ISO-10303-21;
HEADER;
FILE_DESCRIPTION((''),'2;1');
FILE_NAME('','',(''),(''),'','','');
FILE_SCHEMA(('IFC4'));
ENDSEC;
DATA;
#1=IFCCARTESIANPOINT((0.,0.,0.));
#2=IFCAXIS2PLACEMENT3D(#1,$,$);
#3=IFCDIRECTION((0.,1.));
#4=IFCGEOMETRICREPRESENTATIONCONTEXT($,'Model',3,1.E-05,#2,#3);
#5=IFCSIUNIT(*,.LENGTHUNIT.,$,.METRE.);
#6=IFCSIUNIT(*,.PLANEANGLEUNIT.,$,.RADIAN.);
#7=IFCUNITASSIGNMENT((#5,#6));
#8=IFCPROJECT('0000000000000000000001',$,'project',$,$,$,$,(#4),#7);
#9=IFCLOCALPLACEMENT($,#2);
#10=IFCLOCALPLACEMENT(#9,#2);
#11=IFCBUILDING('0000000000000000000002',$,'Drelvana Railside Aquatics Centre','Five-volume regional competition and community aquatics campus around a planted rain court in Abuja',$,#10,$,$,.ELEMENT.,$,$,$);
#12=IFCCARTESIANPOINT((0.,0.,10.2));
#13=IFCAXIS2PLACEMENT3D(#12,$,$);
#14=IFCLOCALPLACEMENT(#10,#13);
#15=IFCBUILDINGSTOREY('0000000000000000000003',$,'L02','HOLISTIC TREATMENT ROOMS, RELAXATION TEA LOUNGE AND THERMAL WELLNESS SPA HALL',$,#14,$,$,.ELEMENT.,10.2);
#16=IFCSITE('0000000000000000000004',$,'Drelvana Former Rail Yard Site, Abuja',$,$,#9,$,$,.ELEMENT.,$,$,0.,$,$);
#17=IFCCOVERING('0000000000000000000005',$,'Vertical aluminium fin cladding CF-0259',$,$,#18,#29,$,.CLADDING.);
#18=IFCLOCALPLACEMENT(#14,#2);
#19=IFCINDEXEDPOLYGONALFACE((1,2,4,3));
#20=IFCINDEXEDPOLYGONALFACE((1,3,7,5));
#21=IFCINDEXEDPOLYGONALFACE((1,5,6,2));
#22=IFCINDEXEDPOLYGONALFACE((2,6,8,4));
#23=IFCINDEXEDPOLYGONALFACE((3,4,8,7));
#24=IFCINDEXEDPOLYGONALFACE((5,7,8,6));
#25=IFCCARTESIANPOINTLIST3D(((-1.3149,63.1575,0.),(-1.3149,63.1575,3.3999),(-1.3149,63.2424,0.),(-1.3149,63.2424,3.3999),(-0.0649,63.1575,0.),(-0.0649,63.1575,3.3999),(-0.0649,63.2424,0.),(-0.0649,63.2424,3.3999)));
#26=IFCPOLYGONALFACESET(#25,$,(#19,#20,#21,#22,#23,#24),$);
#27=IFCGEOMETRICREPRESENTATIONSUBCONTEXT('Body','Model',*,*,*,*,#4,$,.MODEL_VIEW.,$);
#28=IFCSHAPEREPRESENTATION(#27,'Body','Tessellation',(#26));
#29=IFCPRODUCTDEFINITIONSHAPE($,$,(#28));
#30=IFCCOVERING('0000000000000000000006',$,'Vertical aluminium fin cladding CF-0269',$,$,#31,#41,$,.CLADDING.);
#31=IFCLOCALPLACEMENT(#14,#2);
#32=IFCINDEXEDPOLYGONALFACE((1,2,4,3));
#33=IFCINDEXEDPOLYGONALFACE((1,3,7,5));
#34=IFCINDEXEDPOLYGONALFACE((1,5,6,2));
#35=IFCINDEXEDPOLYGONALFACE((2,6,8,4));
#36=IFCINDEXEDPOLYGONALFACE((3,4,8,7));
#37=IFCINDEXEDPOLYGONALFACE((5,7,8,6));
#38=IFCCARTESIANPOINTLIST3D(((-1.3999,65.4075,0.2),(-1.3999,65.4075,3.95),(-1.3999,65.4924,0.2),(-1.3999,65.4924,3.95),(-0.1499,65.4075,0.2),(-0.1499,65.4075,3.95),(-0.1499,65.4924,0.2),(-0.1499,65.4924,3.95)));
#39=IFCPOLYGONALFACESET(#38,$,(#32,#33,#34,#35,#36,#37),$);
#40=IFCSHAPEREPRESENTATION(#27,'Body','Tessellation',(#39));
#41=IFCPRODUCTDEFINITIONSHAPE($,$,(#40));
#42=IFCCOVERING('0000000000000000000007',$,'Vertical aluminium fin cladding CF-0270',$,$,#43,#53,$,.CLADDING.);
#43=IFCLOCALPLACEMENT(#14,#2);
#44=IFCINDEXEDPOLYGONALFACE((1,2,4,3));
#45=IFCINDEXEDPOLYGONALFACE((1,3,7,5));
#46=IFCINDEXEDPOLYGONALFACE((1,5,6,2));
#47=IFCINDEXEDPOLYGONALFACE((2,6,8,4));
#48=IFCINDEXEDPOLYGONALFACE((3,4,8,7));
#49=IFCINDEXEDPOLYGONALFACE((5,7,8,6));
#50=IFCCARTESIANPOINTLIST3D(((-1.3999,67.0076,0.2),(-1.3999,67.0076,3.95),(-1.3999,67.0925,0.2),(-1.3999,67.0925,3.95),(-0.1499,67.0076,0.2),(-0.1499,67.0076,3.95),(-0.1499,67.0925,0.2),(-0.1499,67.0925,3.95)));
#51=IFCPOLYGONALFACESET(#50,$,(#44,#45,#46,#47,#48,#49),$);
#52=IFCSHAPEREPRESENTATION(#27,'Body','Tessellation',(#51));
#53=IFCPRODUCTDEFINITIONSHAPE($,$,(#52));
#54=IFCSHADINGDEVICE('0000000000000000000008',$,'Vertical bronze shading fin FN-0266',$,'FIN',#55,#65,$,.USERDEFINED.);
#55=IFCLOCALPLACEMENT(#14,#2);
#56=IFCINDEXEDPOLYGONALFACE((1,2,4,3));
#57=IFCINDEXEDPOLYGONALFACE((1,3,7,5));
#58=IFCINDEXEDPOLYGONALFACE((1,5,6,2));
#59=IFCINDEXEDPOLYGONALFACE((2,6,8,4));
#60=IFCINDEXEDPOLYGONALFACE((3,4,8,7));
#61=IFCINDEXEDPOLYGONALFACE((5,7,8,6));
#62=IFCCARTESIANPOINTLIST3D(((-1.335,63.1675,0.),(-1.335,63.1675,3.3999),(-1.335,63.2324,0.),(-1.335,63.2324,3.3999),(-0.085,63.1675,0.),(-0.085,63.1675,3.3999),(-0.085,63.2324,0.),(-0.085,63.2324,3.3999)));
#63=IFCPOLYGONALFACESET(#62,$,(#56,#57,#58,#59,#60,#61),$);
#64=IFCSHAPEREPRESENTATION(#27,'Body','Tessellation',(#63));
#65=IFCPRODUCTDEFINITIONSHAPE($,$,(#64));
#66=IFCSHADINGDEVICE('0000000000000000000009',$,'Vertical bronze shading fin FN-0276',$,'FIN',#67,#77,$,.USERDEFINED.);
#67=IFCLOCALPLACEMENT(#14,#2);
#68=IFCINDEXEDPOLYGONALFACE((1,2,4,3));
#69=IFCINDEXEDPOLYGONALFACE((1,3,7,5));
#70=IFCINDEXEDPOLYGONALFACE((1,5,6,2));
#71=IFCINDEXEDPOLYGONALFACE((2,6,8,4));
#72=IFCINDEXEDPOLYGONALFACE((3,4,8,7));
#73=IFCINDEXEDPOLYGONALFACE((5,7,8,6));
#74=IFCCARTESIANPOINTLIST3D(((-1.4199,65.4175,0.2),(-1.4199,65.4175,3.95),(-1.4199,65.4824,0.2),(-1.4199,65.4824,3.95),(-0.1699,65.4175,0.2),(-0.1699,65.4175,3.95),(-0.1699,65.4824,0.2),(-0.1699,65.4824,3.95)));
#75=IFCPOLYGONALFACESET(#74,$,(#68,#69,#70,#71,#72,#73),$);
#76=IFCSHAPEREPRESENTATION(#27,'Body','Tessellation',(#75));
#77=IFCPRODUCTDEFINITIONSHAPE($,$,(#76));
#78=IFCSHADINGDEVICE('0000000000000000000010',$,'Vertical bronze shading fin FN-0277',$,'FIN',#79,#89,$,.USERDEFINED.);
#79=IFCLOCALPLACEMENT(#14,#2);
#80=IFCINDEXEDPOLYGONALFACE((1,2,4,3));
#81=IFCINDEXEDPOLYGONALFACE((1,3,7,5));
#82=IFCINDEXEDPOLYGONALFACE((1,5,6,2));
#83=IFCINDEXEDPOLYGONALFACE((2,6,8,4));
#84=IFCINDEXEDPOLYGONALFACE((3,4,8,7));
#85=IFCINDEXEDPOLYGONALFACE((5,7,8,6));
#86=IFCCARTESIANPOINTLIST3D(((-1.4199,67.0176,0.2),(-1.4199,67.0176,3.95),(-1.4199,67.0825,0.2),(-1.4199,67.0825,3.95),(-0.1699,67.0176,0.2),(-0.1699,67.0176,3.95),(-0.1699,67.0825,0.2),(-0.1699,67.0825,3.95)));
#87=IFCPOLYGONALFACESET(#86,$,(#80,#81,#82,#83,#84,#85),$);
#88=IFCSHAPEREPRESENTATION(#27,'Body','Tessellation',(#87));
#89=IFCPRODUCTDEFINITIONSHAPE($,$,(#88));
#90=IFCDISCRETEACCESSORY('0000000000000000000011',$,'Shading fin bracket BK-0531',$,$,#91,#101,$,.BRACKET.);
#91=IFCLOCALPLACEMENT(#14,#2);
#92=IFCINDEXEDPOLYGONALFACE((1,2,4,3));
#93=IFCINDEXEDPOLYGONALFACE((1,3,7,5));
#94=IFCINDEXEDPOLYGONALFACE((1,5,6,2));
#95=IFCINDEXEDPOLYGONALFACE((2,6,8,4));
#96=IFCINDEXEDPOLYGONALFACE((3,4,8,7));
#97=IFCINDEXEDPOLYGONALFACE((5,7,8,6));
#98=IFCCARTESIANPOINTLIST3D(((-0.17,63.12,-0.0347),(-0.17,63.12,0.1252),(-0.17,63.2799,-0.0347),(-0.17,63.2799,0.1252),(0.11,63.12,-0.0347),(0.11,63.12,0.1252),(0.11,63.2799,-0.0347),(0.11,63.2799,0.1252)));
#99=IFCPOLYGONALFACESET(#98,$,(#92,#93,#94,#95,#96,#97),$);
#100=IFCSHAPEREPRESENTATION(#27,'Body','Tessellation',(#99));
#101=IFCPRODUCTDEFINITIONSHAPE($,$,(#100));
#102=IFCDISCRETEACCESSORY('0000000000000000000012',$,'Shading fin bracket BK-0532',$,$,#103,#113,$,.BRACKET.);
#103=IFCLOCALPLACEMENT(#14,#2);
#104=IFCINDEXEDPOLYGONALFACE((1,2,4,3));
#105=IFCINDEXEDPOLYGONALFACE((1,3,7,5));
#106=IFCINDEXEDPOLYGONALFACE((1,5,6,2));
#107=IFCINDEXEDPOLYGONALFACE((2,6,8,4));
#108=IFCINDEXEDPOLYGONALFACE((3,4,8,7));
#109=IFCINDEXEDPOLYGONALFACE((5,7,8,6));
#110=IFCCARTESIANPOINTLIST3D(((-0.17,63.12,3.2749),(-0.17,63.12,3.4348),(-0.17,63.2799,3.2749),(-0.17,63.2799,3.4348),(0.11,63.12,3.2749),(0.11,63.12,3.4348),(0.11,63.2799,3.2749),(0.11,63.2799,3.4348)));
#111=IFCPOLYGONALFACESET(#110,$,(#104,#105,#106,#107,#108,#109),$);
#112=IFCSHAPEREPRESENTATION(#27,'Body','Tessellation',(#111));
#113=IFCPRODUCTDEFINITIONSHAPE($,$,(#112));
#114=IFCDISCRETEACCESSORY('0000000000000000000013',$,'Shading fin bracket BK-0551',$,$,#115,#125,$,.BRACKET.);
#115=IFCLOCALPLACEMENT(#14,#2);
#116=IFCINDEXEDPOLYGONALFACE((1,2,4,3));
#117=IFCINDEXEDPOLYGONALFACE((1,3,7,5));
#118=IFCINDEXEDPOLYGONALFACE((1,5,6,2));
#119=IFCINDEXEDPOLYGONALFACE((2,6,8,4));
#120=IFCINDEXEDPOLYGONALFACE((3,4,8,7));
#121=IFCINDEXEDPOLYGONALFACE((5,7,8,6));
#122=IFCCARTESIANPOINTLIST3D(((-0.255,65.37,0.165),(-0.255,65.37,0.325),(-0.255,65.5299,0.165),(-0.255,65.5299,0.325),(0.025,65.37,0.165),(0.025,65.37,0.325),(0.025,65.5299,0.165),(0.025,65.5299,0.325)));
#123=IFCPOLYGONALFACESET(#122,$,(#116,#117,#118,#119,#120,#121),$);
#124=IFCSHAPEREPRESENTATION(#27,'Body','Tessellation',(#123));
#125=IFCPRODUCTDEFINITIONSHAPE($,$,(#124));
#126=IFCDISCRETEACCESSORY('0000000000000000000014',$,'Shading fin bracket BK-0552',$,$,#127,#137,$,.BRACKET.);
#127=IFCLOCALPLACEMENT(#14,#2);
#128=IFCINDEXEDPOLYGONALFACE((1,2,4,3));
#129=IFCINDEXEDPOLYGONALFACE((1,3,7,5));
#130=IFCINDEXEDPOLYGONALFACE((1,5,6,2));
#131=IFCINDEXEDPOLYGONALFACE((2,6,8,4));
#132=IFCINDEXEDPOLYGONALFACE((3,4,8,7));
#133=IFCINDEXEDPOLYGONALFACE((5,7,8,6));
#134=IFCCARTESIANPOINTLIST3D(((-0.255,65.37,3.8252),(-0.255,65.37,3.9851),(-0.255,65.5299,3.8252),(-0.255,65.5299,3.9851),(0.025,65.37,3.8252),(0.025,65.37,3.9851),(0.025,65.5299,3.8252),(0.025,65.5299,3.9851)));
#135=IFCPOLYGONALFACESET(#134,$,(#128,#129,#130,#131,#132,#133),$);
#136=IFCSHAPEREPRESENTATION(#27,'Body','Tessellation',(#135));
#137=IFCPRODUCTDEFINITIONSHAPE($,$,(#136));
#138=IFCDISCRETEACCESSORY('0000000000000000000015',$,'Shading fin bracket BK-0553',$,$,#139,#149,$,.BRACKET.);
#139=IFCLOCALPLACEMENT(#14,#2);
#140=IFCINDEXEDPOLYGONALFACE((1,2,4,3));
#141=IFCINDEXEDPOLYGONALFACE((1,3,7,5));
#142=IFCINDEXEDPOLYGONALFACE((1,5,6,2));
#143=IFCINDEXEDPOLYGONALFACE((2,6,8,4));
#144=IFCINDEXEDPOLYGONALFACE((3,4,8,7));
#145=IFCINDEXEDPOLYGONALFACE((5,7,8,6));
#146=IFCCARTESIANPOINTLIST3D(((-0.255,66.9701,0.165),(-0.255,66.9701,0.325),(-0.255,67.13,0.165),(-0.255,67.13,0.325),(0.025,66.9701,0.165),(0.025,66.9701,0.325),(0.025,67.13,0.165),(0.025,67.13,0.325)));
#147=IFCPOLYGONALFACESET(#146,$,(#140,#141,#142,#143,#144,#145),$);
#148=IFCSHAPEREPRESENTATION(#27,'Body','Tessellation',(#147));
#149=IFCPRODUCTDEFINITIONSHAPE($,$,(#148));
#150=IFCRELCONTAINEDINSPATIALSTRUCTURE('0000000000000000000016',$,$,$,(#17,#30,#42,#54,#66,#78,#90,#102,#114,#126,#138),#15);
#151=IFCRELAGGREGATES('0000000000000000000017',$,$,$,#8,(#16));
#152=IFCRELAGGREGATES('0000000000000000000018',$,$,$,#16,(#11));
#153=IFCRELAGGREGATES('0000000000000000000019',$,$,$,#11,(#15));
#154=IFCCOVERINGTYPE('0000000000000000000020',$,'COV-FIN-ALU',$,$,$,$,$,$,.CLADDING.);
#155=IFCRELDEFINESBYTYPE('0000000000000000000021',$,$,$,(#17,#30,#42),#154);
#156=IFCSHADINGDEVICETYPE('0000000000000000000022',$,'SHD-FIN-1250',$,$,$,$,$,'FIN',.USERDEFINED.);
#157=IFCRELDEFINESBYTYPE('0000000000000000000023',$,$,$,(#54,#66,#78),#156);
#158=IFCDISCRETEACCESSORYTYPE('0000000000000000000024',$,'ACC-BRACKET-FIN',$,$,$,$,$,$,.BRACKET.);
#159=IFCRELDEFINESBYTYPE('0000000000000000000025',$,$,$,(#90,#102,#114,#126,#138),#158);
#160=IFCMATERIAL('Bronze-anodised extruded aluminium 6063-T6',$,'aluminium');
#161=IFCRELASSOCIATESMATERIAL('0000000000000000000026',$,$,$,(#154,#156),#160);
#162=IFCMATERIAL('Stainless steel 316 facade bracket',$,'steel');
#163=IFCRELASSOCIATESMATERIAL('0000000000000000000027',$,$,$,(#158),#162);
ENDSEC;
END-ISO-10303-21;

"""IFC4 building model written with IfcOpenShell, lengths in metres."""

from ifc_helpers import new_model, si_unit, direction, frame, origin, origin_2d, place, context, subcontext, project, spatial, rectangle, extrude, material, type_object, element, save


model = new_model("IFC4")

# Units and contexts
model_context = context("Model", 3, precision=1e-05, world=origin(), true_north=direction((0.0, 1.0)))
body_context = subcontext(model_context, "Body", "Model", "MODEL_VIEW")
ifc_project = project(units=[si_unit("LENGTHUNIT", "METRE"), si_unit("PLANEANGLEUNIT", "RADIAN")], contexts=[model_context])

# Site, building, storey
site_placement = place(None, origin())
site = spatial("IfcSite", under=ifc_project, at=site_placement, Name="Drelvana Former Rail Yard Site, Abuja", CompositionType="ELEMENT", RefElevation=0.0)
building_placement = place(site_placement, origin())
building = spatial("IfcBuilding", under=site, at=building_placement, Name="Drelvana Railside Aquatics Centre", Description="Five-volume regional competition and community aquatics campus around a planted rain court in Abuja", CompositionType="ELEMENT")
storey_placement = place(building_placement, frame((0.0, 0.0, 10.2)))
storey = spatial("IfcBuildingStorey", under=building, at=storey_placement, Name="L02", Description="HOLISTIC TREATMENT ROOMS, RELAXATION TEA LOUNGE AND THERMAL WELLNESS SPA HALL", CompositionType="ELEMENT", Elevation=10.2)

# Coverings
ifc_material_1 = material(Name="Bronze-anodised extruded aluminium 6063-T6", Category="aluminium")
covering_type = type_object("IfcCoveringType", Name="COV-FIN-ALU", PredefinedType="CLADDING", material=ifc_material_1)
covering_placement = place(storey_placement, frame((-0.6899, 63.2, 0.0), z_axis=(0.0, 0.0, 1.0), x_axis=(0.0, 1.0, 0.0)))
element("IfcCovering", 1, at=covering_placement, inside=storey, type_object=covering_type, Name="Vertical aluminium fin cladding CF-0259", PredefinedType="CLADDING", context=body_context, shape_type="SweptSolid", body=[
    extrude(rectangle(XDim=0.085, YDim=1.25, at=origin_2d()), origin(), (0.0, 0.0, 1.0), 3.3999),
])
for number, where, z_axis, x_axis, name in (
    (2, (-0.7749, 65.45, 0.2), (0.0, 0.0, 1.0), (0.0, 1.0, 0.0), "Vertical aluminium fin cladding CF-0269"),
    (3, (-0.7749, 67.05, 0.2), (0.0, 0.0, 1.0), (0.0, 1.0, 0.0), "Vertical aluminium fin cladding CF-0270"),
):
    element("IfcCovering", number, at=place(storey_placement, frame(where, z_axis=z_axis, x_axis=x_axis)), inside=storey, type_object=covering_type, Name=name, PredefinedType="CLADDING", context=body_context, shape_type="SweptSolid", body=[
        extrude(rectangle(XDim=0.085, YDim=1.25, at=origin_2d()), origin(), (0.0, 0.0, 1.0), 3.75),
    ])

# Shading devices
shading_device_type = type_object("IfcShadingDeviceType", Name="SHD-FIN-1250", ElementType="FIN", PredefinedType="USERDEFINED", material=ifc_material_1)
shading_device_placement = place(storey_placement, frame((-0.71, 63.2, 0.0), z_axis=(0.0, 0.0, 1.0), x_axis=(-1.0, 0.0, 0.0)))
element("IfcShadingDevice", 4, at=shading_device_placement, inside=storey, type_object=shading_device_type, Name="Vertical bronze shading fin FN-0266", ObjectType="FIN", PredefinedType="USERDEFINED", context=body_context, shape_type="SweptSolid", body=[
    extrude(rectangle(XDim=1.25, YDim=0.0649, at=origin_2d()), origin(), (0.0, 0.0, 1.0), 3.3999),
])
for number, where, z_axis, x_axis, name in (
    (5, (-0.7949, 65.45, 0.2), (0.0, 0.0, 1.0), (-1.0, 0.0, 0.0), "Vertical bronze shading fin FN-0276"),
    (6, (-0.7949, 67.05, 0.2), (0.0, 0.0, 1.0), (-1.0, 0.0, 0.0), "Vertical bronze shading fin FN-0277"),
):
    element("IfcShadingDevice", number, at=place(storey_placement, frame(where, z_axis=z_axis, x_axis=x_axis)), inside=storey, type_object=shading_device_type, Name=name, ObjectType="FIN", PredefinedType="USERDEFINED", context=body_context, shape_type="SweptSolid", body=[
        extrude(rectangle(XDim=1.25, YDim=0.0649, at=origin_2d()), origin(), (0.0, 0.0, 1.0), 3.75),
    ])

# Discrete accessories
ifc_material_2 = material(Name="Stainless steel 316 facade bracket", Category="steel")
discrete_accessory_type = type_object("IfcDiscreteAccessoryType", Name="ACC-BRACKET-FIN", PredefinedType="BRACKET", material=ifc_material_2)
for number, where, z_axis, x_axis, name in (
    (7, (-0.03, 63.2, -0.0347), (0.0, 0.0, 1.0), (-1.0, 0.0, 0.0), "Shading fin bracket BK-0531"),
    (8, (-0.03, 63.2, 3.2749), (0.0, 0.0, 1.0), (-1.0, 0.0, 0.0), "Shading fin bracket BK-0532"),
    (9, (-0.115, 65.45, 0.165), (0.0, 0.0, 1.0), (-1.0, 0.0, 0.0), "Shading fin bracket BK-0551"),
    (10, (-0.115, 65.45, 3.8252), (0.0, 0.0, 1.0), (-1.0, 0.0, 0.0), "Shading fin bracket BK-0552"),
    (11, (-0.115, 67.05, 0.165), (0.0, 0.0, 1.0), (-1.0, 0.0, 0.0), "Shading fin bracket BK-0553"),
):
    element("IfcDiscreteAccessory", number, at=place(storey_placement, frame(where, z_axis=z_axis, x_axis=x_axis)), inside=storey, type_object=discrete_accessory_type, Name=name, PredefinedType="BRACKET", context=body_context, shape_type="SweptSolid", body=[
        extrude(rectangle(XDim=0.28, YDim=0.1599, at=origin_2d()), origin(), (0.0, 0.0, 1.0), 0.1599),
    ])

save(model, "model.ifc")
